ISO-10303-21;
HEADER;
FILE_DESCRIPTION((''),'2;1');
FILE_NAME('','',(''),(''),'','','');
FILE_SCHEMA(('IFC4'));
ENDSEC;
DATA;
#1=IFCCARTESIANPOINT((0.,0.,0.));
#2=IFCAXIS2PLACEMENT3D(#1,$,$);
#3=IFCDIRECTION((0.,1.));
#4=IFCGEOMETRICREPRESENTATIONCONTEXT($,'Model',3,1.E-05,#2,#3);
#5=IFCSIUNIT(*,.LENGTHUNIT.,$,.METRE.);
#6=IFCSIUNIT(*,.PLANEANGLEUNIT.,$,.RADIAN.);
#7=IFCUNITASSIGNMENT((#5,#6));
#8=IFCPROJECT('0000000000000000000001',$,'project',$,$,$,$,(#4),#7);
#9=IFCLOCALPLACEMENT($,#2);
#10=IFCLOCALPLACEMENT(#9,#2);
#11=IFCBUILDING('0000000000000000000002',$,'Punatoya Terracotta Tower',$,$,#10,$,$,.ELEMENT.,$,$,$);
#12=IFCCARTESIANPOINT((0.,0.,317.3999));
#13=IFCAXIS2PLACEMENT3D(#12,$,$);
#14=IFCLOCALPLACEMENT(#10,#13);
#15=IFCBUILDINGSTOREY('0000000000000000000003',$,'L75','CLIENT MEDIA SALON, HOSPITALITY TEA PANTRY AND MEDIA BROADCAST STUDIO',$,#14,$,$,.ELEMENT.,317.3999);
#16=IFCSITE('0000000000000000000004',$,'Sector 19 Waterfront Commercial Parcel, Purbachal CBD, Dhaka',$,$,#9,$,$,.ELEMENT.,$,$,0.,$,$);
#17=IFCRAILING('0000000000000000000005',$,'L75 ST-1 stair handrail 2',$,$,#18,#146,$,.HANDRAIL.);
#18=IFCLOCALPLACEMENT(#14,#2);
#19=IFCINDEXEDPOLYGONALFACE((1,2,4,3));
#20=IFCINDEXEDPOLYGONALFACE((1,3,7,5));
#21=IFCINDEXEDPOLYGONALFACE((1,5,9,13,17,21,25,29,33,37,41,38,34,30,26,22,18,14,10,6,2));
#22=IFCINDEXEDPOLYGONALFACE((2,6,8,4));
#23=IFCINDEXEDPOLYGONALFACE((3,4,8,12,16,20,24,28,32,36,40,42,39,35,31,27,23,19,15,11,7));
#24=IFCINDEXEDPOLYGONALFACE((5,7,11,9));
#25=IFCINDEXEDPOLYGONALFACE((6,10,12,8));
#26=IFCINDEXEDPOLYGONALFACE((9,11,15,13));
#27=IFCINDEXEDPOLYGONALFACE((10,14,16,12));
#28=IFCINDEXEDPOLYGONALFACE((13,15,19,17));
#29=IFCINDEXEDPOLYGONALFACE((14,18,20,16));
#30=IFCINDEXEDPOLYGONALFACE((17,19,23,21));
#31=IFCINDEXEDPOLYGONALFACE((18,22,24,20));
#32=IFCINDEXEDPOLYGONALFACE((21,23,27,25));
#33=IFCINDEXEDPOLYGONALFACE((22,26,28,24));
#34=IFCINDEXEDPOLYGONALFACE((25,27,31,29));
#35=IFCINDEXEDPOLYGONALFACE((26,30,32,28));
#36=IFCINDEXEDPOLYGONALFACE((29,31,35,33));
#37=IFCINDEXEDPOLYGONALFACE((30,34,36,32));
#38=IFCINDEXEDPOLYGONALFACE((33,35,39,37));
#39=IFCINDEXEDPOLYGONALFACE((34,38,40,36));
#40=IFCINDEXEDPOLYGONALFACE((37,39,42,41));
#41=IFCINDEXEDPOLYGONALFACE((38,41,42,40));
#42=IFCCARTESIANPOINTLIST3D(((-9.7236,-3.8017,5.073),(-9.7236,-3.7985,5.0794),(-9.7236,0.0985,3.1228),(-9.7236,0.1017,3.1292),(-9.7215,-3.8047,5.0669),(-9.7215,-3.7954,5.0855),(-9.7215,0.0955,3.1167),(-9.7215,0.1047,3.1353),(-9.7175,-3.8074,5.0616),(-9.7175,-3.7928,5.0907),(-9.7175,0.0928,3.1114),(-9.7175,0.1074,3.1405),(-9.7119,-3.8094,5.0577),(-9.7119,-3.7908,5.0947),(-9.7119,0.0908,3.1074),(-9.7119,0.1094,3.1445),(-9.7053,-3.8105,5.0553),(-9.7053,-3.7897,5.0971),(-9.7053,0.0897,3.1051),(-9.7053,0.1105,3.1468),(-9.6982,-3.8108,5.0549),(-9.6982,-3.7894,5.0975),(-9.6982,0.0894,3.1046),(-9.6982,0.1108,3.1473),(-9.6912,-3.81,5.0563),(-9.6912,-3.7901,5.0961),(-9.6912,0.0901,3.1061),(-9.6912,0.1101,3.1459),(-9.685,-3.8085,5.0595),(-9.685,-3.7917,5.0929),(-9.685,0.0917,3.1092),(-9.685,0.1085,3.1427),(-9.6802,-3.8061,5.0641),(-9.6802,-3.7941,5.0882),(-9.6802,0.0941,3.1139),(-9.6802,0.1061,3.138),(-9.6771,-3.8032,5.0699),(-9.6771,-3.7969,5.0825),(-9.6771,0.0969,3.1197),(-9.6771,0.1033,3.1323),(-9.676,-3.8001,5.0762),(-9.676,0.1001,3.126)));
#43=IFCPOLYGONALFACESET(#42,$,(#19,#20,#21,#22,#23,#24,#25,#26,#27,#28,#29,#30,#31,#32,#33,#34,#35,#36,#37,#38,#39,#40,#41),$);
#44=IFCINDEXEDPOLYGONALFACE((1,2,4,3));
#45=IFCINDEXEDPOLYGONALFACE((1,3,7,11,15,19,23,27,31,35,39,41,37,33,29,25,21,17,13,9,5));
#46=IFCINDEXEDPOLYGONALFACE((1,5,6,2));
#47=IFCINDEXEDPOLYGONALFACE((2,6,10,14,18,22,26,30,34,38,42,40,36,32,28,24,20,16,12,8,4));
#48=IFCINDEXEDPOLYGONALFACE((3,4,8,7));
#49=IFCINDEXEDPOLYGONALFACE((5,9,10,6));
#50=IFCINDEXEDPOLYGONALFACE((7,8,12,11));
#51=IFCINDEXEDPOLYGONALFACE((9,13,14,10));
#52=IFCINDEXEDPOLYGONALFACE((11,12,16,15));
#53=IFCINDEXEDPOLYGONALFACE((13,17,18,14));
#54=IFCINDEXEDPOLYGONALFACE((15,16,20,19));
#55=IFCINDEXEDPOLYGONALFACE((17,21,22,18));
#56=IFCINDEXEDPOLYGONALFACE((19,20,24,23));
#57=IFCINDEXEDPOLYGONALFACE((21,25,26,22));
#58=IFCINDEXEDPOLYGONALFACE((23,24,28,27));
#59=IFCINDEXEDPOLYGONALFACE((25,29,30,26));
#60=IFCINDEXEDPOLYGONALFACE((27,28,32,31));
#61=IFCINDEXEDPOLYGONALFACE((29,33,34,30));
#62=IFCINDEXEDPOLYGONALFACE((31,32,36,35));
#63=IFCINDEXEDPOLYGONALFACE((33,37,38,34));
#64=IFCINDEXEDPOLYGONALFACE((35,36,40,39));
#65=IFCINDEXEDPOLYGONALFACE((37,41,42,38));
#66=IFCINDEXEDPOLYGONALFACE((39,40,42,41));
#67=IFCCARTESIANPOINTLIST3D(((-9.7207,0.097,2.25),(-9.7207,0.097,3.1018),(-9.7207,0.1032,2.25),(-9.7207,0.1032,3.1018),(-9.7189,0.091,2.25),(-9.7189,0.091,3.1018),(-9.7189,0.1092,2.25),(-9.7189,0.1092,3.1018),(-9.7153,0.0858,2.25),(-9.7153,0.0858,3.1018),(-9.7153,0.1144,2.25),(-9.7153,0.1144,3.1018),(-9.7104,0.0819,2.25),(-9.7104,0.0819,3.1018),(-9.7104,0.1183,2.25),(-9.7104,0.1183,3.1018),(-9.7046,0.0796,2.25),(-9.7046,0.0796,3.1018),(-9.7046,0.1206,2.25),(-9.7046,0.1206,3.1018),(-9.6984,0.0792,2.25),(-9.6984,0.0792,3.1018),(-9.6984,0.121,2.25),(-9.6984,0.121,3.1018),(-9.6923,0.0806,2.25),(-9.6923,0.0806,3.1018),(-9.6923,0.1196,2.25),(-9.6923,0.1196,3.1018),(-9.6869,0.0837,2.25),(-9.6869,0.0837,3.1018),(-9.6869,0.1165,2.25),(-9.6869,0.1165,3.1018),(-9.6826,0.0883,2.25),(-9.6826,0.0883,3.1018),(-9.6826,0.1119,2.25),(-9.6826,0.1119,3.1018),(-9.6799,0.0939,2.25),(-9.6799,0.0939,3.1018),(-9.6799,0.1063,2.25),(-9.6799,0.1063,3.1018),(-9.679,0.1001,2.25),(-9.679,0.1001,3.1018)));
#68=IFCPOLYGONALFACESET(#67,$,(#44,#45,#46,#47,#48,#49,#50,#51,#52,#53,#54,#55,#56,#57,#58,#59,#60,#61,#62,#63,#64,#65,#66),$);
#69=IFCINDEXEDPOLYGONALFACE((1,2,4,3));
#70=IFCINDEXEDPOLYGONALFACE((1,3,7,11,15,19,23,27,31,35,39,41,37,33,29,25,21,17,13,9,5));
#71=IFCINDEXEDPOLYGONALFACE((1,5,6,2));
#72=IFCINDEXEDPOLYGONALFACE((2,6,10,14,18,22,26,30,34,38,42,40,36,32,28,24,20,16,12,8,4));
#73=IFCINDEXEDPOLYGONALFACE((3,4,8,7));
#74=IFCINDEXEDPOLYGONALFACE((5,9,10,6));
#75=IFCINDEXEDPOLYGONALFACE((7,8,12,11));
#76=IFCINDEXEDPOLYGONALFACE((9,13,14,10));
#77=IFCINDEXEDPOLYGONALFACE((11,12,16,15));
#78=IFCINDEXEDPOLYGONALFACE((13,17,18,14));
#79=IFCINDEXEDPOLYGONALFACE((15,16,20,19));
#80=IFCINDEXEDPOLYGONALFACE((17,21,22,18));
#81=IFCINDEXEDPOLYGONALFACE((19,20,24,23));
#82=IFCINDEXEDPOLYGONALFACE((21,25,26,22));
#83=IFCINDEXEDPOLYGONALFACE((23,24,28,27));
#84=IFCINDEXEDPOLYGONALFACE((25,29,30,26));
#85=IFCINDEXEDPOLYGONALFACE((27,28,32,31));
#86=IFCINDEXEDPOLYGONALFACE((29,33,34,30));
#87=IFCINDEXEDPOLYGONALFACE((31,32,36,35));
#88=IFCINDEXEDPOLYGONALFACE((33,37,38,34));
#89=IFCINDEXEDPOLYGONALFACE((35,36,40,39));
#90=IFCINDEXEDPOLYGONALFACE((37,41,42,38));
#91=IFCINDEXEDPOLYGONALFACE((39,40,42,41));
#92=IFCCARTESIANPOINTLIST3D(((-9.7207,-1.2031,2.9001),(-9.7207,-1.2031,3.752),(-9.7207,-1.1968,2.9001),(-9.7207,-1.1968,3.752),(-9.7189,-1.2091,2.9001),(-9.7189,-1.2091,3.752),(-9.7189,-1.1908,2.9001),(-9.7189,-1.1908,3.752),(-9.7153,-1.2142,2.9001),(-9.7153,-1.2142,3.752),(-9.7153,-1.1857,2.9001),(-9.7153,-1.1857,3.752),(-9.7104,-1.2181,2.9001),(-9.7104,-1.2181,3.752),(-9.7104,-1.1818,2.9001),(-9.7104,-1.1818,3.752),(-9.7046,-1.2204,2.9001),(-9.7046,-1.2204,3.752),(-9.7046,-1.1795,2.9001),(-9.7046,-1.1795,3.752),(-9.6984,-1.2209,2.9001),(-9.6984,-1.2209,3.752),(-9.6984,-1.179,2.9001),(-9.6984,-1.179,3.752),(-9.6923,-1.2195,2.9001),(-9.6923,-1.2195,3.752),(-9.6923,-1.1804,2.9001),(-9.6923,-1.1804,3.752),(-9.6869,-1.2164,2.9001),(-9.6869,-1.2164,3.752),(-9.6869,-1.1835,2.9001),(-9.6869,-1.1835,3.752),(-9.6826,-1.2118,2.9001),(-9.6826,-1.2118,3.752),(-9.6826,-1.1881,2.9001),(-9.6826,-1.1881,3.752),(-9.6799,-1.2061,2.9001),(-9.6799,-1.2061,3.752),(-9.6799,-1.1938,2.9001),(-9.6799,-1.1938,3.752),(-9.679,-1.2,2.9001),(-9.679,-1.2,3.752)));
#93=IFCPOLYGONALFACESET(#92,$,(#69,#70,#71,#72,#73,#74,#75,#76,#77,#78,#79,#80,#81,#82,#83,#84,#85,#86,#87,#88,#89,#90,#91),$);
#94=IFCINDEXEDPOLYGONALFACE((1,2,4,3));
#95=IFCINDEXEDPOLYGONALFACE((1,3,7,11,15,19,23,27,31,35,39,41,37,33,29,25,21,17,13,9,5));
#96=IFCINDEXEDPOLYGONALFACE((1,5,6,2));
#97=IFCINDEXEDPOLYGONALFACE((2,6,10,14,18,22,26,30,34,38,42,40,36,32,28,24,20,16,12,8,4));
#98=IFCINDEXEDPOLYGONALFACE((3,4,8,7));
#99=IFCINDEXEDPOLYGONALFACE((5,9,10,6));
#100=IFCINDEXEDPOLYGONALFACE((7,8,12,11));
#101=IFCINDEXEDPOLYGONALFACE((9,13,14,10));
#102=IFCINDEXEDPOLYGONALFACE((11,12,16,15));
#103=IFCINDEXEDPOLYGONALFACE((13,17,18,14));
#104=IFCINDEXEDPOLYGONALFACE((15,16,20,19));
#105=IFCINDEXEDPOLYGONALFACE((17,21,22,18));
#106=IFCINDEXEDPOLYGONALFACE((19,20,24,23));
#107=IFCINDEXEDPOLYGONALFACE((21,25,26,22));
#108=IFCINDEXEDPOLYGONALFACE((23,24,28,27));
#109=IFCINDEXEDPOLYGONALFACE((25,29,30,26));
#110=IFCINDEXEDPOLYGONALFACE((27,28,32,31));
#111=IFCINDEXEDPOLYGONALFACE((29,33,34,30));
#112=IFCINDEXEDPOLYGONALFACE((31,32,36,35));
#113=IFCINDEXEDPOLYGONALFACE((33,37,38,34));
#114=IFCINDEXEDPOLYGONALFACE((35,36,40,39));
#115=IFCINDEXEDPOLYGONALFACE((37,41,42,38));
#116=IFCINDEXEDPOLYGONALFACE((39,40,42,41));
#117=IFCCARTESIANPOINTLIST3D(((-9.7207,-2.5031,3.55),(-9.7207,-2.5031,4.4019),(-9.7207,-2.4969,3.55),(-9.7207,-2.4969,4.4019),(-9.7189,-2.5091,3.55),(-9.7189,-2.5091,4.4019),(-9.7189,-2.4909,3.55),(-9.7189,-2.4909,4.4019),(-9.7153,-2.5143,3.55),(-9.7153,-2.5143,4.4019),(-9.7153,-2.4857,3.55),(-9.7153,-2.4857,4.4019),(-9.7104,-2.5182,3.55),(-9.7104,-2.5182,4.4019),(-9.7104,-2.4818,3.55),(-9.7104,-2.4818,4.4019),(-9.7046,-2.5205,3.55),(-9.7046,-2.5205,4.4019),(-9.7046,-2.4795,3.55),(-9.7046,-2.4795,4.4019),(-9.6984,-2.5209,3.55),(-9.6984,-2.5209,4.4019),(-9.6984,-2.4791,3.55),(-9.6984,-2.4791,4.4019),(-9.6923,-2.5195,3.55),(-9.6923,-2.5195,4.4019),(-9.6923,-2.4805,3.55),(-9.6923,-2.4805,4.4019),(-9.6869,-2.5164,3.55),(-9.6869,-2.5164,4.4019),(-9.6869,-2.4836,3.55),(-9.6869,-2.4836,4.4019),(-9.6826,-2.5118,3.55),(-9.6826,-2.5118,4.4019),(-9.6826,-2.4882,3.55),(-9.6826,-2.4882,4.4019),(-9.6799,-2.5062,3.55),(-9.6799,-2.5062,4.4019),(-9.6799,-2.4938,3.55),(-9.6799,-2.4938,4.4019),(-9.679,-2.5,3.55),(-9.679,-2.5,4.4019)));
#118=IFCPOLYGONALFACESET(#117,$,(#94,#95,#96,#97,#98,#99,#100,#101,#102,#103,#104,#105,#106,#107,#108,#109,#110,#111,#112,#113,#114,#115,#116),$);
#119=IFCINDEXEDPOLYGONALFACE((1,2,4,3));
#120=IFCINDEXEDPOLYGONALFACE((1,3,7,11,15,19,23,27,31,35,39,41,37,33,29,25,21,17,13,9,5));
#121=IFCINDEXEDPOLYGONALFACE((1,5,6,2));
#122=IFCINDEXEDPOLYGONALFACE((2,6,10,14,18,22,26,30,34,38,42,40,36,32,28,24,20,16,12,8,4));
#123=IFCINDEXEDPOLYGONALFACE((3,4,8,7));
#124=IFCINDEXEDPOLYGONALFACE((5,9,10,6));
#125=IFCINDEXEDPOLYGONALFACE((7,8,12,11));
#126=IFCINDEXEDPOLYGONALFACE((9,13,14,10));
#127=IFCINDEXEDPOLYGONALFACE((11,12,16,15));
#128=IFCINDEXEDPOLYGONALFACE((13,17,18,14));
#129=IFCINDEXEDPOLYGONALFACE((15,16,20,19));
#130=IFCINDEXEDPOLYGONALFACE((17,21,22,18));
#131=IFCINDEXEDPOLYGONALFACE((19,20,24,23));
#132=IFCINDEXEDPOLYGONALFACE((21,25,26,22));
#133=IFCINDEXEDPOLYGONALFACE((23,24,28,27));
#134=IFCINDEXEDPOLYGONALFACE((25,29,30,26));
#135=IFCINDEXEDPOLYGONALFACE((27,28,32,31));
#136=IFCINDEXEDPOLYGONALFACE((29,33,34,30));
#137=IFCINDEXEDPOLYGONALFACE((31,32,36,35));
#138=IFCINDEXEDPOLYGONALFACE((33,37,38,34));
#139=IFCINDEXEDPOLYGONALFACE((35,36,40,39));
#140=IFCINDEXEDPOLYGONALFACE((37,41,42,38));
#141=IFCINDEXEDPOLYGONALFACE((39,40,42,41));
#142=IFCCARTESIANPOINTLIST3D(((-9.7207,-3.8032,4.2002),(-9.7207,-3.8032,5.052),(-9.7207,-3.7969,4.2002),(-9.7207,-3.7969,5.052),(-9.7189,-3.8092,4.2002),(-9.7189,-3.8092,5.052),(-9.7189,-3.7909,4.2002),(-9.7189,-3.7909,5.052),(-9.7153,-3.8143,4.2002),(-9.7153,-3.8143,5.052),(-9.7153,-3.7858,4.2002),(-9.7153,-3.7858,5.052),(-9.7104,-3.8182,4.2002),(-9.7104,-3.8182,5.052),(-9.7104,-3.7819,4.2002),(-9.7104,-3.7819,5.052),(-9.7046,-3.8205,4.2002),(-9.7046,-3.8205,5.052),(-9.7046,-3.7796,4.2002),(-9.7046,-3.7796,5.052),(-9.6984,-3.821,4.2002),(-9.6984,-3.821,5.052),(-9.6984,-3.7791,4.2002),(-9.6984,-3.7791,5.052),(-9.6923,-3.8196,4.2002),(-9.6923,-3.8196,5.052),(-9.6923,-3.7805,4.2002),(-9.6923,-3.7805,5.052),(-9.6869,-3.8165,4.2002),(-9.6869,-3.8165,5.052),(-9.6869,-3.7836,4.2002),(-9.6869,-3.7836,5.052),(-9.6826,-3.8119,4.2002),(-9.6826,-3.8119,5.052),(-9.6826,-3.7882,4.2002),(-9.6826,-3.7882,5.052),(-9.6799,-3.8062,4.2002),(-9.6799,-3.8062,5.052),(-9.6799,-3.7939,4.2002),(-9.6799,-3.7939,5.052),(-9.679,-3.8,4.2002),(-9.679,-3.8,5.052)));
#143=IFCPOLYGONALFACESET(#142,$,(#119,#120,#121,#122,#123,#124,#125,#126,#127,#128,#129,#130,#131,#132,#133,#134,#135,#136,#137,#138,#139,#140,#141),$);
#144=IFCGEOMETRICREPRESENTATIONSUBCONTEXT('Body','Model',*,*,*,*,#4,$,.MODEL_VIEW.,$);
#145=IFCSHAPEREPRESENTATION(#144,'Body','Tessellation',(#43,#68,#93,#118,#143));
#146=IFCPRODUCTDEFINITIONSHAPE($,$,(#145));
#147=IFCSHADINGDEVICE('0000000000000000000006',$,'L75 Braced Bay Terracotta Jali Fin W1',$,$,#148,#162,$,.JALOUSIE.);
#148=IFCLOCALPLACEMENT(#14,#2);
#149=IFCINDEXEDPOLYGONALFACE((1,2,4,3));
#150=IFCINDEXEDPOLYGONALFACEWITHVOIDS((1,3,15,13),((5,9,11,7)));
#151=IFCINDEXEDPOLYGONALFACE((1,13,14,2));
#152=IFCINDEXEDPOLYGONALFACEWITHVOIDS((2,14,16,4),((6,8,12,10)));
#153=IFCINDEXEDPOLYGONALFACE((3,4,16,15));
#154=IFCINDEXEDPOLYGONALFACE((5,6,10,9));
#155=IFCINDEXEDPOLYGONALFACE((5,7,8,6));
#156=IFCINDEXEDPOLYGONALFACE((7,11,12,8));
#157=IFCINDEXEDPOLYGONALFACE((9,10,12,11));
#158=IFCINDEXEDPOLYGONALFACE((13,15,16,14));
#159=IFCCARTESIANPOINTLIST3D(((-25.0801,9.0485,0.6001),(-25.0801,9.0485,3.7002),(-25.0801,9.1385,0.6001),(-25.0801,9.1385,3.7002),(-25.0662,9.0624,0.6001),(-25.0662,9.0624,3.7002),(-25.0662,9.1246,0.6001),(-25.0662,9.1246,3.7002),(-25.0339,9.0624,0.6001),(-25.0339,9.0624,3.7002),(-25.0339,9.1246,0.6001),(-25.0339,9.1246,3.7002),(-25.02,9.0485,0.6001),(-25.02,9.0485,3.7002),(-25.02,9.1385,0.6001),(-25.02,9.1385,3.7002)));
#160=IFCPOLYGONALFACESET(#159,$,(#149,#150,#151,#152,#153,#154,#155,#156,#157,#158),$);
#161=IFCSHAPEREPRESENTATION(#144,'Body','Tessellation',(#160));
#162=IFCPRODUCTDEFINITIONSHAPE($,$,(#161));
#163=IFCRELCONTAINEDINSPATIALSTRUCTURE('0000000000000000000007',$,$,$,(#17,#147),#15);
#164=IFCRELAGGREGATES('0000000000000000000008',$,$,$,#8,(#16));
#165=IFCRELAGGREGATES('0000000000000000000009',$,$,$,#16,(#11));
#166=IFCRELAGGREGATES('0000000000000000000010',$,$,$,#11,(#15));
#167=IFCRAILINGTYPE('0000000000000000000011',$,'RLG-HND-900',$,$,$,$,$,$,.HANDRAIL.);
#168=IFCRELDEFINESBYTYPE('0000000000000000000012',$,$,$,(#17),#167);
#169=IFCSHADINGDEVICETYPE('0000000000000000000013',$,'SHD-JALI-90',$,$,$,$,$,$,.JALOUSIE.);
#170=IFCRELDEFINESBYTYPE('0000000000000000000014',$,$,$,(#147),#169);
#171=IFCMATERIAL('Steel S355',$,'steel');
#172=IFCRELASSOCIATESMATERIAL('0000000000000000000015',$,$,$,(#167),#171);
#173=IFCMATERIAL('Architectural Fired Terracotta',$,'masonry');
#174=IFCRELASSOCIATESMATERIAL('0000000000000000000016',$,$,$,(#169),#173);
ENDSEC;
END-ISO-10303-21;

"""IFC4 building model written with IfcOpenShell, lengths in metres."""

from ifc_helpers import new_model, si_unit, direction, frame, origin, origin_2d, place, context, subcontext, project, spatial, hollow_rectangle, circle, extrude, material, material_profile, profile_set, type_object, element, save


model = new_model("IFC4")

# Units and contexts
model_context = context("Model", 3, precision=1e-05, world=origin(), true_north=direction((0.0, 1.0)))
body_context = subcontext(model_context, "Body", "Model", "MODEL_VIEW")
ifc_project = project(units=[si_unit("LENGTHUNIT", "METRE"), si_unit("PLANEANGLEUNIT", "RADIAN")], contexts=[model_context])

# Site, building, storey
site_placement = place(None, origin())
site = spatial("IfcSite", under=ifc_project, at=site_placement, Name="Sector 19 Waterfront Commercial Parcel, Purbachal CBD, Dhaka", CompositionType="ELEMENT", RefElevation=0.0)
building_placement = place(site_placement, origin())
building = spatial("IfcBuilding", under=site, at=building_placement, Name="Punatoya Terracotta Tower", CompositionType="ELEMENT")
storey_placement = place(building_placement, frame((0.0, 0.0, 317.3999)))
storey = spatial("IfcBuildingStorey", under=building, at=storey_placement, Name="L75", Description="CLIENT MEDIA SALON, HOSPITALITY TEA PANTRY AND MEDIA BROADCAST STUDIO", CompositionType="ELEMENT", Elevation=317.3999)

# Shared definitions
ifc_material_1 = material(Name="Steel S355", Category="steel")

# Railing
railing_type = type_object("IfcRailingType", Name="RLG-HND-900", PredefinedType="HANDRAIL", material=ifc_material_1)
railing_placement = place(storey_placement, frame((-9.7, 0.1001, 2.25)))
element("IfcRailing", 1, at=railing_placement, inside=storey, type_object=railing_type, Name="L75 ST-1 stair handrail 2", PredefinedType="HANDRAIL", context=body_context, shape_type="SweptSolid", body=[
    extrude(circle(Radius=0.0239, at=origin_2d()), frame((0.0, 0.0, 0.876), z_axis=(0.0, -0.894416, 0.447236), x_axis=(1.0, 0.0, 0.0)), (0.0, 0.0, 1.0), 4.3606),
    extrude(circle(Radius=0.021, at=origin_2d()), origin(), (0.0, 0.0, 1.0), 0.8518),
    extrude(circle(Radius=0.021, at=origin_2d()), frame((0.0, -1.3, 0.6501)), (0.0, 0.0, 1.0), 0.8518),
    extrude(circle(Radius=0.021, at=origin_2d()), frame((0.0, -2.6001, 1.3)), (0.0, 0.0, 1.0), 0.8518),
    extrude(circle(Radius=0.021, at=origin_2d()), frame((0.0, -3.9001, 1.9502)), (0.0, 0.0, 1.0), 0.8518),
])

# Shading device
ifc_material_2 = material(Name="Architectural Fired Terracotta", Category="masonry")
ifc_material_profile_1 = material_profile(ifc_material_2, hollow_rectangle(XDim=0.0601, YDim=0.0901, WallThickness=0.0139, at=origin_2d()))
ifc_profile_set_1 = profile_set([ifc_material_profile_1], Name="Architectural Fired Terracotta")
shading_device_type = type_object("IfcShadingDeviceType", Name="SHD-JALI-90", PredefinedType="JALOUSIE", material=ifc_profile_set_1)
shading_device_placement = place(storey_placement, frame((-25.05, 9.0935, 0.6001), z_axis=(0.0, 0.0, 1.0), x_axis=(1.0, 0.0, 0.0)))
element("IfcShadingDevice", 2, at=shading_device_placement, inside=storey, type_object=shading_device_type, Name="L75 Braced Bay Terracotta Jali Fin W1", PredefinedType="JALOUSIE", context=body_context, shape_type="SweptSolid", body=[
    extrude(hollow_rectangle(XDim=0.0601, YDim=0.0901, WallThickness=0.0139, at=origin_2d()), origin(), (0.0, 0.0, 1.0), 3.1001),
])

save(model, "model.ifc")
